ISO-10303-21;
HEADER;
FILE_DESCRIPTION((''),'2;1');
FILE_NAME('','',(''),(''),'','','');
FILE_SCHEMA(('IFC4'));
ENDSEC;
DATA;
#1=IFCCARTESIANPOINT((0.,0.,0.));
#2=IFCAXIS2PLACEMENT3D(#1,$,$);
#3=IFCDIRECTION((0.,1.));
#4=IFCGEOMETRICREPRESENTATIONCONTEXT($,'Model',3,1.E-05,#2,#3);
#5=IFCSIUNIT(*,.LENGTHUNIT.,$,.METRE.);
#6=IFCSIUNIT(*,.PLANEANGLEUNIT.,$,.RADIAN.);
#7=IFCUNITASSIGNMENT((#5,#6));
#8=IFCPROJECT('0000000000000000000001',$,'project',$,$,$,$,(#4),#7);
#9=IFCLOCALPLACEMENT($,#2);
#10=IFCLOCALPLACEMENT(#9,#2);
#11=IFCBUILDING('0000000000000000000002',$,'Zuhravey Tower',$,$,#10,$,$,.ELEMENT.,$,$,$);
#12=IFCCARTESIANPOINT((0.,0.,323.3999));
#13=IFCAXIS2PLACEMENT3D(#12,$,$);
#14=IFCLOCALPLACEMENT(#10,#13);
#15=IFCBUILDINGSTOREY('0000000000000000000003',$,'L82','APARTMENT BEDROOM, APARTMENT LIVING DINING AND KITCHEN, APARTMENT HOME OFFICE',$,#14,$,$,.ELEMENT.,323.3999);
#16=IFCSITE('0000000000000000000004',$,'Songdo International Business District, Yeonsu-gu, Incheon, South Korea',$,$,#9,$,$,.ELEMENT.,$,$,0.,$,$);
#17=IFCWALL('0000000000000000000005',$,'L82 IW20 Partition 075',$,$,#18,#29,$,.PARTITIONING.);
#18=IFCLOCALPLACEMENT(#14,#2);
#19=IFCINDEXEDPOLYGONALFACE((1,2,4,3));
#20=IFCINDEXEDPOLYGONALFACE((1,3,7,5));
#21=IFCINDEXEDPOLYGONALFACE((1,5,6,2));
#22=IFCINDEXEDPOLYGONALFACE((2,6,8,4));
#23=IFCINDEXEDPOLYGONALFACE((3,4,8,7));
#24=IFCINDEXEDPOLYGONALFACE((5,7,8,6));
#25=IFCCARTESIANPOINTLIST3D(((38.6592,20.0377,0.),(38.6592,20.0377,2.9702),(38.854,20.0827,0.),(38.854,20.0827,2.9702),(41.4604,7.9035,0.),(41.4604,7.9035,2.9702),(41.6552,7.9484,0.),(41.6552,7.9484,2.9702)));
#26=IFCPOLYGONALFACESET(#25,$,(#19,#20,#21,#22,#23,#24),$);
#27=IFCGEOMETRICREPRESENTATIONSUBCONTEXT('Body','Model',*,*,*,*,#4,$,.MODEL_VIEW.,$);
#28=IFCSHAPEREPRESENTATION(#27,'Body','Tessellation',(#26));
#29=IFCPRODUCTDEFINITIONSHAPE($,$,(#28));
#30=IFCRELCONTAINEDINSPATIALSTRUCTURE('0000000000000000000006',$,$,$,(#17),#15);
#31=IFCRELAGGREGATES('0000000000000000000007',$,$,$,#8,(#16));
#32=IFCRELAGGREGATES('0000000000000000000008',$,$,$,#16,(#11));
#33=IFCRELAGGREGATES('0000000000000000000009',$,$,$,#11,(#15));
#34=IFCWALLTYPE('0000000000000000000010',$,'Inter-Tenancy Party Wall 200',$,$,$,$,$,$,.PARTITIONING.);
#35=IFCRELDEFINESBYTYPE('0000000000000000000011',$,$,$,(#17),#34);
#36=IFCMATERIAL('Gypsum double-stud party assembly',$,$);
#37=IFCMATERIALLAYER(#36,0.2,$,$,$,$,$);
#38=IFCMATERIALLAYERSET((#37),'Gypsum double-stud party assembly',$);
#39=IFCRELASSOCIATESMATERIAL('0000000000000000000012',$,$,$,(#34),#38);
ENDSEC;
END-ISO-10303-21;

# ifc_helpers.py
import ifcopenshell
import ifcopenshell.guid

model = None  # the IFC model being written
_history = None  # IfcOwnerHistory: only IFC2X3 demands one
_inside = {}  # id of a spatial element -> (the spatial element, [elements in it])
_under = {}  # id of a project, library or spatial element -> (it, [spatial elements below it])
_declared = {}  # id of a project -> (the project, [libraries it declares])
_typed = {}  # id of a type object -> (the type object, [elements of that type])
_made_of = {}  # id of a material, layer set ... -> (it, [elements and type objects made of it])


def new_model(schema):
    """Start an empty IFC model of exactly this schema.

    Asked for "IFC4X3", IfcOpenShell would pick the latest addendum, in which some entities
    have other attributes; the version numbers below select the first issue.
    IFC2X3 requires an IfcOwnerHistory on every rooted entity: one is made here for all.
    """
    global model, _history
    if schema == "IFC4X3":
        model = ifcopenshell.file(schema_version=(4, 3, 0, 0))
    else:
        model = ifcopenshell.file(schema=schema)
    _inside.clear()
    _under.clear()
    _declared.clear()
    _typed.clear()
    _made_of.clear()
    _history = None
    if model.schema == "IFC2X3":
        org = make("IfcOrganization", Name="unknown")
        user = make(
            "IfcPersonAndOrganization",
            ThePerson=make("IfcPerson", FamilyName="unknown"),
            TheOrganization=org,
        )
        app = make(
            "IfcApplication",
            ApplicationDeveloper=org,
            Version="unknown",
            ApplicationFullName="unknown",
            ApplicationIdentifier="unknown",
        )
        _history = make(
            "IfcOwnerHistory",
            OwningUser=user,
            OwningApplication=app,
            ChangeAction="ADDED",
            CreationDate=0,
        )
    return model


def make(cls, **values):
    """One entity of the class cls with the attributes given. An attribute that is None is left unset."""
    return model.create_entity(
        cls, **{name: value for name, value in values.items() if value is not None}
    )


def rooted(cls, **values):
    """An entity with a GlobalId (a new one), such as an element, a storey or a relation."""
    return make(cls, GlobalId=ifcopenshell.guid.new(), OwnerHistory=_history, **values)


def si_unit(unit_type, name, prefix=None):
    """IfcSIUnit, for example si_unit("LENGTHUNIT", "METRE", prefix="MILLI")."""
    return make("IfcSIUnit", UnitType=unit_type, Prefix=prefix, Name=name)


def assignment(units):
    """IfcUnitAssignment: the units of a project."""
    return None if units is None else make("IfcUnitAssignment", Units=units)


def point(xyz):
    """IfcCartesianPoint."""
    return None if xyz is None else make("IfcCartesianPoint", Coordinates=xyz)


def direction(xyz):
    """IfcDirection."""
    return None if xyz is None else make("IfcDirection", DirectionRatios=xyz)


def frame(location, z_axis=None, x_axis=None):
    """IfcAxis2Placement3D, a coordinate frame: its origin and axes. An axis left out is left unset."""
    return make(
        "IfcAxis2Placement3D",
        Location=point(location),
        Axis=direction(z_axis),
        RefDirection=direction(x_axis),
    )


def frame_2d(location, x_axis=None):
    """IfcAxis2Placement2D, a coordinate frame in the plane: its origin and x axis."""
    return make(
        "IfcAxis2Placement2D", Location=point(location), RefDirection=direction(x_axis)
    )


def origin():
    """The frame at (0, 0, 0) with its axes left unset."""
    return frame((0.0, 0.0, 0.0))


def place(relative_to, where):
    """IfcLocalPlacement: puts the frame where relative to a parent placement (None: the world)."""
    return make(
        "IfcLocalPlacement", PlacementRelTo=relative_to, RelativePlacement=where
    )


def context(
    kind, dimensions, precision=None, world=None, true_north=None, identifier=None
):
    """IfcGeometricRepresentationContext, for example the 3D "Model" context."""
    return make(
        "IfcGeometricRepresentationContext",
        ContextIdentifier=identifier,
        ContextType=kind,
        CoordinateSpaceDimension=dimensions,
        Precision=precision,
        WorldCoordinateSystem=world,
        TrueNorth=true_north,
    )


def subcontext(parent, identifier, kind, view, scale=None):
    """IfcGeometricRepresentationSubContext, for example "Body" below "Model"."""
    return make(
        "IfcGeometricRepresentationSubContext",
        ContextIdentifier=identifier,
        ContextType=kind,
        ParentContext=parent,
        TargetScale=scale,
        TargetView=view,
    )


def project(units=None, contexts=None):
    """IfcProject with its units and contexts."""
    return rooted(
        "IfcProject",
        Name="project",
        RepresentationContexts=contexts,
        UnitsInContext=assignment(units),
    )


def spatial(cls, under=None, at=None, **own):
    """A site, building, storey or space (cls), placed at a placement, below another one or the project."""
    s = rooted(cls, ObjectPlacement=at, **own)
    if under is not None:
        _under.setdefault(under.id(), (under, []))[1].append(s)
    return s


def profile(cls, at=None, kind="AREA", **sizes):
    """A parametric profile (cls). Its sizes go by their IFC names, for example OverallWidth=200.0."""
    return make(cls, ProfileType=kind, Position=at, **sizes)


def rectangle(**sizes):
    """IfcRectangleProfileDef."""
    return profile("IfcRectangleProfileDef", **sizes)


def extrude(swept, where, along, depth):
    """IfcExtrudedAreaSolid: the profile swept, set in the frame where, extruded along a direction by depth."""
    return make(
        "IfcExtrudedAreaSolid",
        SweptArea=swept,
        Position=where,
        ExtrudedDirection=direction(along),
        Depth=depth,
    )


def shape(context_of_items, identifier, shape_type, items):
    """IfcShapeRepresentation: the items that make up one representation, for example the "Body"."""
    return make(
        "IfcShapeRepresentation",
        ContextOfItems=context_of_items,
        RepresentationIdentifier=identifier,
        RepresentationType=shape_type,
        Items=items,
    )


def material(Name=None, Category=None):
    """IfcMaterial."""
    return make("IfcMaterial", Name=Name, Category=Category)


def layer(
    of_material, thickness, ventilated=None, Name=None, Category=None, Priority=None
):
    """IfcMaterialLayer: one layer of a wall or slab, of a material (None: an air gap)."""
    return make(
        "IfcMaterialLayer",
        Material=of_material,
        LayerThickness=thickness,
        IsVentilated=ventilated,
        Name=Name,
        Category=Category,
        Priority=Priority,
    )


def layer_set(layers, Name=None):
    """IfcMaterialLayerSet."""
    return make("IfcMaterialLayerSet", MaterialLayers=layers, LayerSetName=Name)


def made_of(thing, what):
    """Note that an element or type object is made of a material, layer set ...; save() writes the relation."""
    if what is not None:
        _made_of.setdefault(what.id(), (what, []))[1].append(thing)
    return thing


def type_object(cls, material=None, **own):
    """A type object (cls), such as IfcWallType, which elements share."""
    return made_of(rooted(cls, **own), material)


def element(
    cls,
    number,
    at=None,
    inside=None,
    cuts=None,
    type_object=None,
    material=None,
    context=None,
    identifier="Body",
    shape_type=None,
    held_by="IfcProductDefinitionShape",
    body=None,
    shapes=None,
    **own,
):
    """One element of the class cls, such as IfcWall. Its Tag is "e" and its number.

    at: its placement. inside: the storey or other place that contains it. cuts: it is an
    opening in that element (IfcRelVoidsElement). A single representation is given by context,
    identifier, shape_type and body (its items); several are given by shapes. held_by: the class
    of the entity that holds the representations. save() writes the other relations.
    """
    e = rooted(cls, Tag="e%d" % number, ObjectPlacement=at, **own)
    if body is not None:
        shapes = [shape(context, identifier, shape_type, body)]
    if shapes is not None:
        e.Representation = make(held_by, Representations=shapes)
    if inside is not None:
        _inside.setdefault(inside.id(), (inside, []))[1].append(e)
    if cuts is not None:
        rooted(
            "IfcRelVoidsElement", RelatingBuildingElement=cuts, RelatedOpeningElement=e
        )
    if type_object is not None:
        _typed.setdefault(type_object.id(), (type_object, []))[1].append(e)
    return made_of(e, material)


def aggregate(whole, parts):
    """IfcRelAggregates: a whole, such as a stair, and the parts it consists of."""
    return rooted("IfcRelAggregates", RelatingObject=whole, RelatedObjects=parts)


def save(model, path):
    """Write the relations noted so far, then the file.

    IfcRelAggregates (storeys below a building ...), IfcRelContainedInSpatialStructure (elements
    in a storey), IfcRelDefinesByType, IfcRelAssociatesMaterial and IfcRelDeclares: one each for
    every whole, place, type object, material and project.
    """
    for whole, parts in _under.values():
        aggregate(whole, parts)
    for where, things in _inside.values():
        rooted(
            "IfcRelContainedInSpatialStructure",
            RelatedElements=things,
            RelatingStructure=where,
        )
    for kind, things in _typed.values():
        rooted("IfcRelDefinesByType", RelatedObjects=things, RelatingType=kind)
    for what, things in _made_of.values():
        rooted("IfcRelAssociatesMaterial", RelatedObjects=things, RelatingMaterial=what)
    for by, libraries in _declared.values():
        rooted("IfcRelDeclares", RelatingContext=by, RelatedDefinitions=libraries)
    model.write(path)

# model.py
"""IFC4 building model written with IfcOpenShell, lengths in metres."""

from ifc_helpers import new_model, si_unit, direction, frame, frame_2d, origin, place, context, subcontext, project, spatial, rectangle, extrude, material, layer, layer_set, type_object, element, save


model = new_model("IFC4")

# Units and contexts
model_context = context("Model", 3, precision=1e-05, world=origin(), true_north=direction((0.0, 1.0)))
body_context = subcontext(model_context, "Body", "Model", "MODEL_VIEW")
ifc_project = project(units=[si_unit("LENGTHUNIT", "METRE"), si_unit("PLANEANGLEUNIT", "RADIAN")], contexts=[model_context])

# Site, building, storey
site_placement = place(None, origin())
site = spatial("IfcSite", under=ifc_project, at=site_placement, Name="Songdo International Business District, Yeonsu-gu, Incheon, South Korea", CompositionType="ELEMENT", RefElevation=0.0)
building_placement = place(site_placement, origin())
building = spatial("IfcBuilding", under=site, at=building_placement, Name="Zuhravey Tower", CompositionType="ELEMENT")
storey_placement = place(building_placement, frame((0.0, 0.0, 323.3999)))
storey = spatial("IfcBuildingStorey", under=building, at=storey_placement, Name="L82", Description="APARTMENT BEDROOM, APARTMENT LIVING DINING AND KITCHEN, APARTMENT HOME OFFICE", CompositionType="ELEMENT", Elevation=323.3999)

# Wall
ifc_material_1 = material(Name="Gypsum double-stud party assembly")
ifc_layer_1 = layer(ifc_material_1, 0.2)
ifc_layer_set_1 = layer_set([ifc_layer_1], Name="Gypsum double-stud party assembly")
wall_type_1 = type_object("IfcWallType", Name="Inter-Tenancy Party Wall 200", PredefinedType="PARTITIONING", material=ifc_layer_set_1)
wall_1_placement = place(storey_placement, frame((38.7566, 20.0601, 0.0), z_axis=(0.0, 0.0, 1.0), x_axis=(0.22494, -0.974373, 0.0)))
element("IfcWall", 1, at=wall_1_placement, inside=storey, type_object=wall_type_1, Name="L82 IW20 Partition 075", PredefinedType="PARTITIONING", context=body_context, shape_type="SweptSolid", body=[
    extrude(rectangle(XDim=12.4534, YDim=0.2, at=frame_2d((6.2266, 0.0))), origin(), (0.0, 0.0, 1.0), 2.9702),
])

save(model, "model.ifc")
